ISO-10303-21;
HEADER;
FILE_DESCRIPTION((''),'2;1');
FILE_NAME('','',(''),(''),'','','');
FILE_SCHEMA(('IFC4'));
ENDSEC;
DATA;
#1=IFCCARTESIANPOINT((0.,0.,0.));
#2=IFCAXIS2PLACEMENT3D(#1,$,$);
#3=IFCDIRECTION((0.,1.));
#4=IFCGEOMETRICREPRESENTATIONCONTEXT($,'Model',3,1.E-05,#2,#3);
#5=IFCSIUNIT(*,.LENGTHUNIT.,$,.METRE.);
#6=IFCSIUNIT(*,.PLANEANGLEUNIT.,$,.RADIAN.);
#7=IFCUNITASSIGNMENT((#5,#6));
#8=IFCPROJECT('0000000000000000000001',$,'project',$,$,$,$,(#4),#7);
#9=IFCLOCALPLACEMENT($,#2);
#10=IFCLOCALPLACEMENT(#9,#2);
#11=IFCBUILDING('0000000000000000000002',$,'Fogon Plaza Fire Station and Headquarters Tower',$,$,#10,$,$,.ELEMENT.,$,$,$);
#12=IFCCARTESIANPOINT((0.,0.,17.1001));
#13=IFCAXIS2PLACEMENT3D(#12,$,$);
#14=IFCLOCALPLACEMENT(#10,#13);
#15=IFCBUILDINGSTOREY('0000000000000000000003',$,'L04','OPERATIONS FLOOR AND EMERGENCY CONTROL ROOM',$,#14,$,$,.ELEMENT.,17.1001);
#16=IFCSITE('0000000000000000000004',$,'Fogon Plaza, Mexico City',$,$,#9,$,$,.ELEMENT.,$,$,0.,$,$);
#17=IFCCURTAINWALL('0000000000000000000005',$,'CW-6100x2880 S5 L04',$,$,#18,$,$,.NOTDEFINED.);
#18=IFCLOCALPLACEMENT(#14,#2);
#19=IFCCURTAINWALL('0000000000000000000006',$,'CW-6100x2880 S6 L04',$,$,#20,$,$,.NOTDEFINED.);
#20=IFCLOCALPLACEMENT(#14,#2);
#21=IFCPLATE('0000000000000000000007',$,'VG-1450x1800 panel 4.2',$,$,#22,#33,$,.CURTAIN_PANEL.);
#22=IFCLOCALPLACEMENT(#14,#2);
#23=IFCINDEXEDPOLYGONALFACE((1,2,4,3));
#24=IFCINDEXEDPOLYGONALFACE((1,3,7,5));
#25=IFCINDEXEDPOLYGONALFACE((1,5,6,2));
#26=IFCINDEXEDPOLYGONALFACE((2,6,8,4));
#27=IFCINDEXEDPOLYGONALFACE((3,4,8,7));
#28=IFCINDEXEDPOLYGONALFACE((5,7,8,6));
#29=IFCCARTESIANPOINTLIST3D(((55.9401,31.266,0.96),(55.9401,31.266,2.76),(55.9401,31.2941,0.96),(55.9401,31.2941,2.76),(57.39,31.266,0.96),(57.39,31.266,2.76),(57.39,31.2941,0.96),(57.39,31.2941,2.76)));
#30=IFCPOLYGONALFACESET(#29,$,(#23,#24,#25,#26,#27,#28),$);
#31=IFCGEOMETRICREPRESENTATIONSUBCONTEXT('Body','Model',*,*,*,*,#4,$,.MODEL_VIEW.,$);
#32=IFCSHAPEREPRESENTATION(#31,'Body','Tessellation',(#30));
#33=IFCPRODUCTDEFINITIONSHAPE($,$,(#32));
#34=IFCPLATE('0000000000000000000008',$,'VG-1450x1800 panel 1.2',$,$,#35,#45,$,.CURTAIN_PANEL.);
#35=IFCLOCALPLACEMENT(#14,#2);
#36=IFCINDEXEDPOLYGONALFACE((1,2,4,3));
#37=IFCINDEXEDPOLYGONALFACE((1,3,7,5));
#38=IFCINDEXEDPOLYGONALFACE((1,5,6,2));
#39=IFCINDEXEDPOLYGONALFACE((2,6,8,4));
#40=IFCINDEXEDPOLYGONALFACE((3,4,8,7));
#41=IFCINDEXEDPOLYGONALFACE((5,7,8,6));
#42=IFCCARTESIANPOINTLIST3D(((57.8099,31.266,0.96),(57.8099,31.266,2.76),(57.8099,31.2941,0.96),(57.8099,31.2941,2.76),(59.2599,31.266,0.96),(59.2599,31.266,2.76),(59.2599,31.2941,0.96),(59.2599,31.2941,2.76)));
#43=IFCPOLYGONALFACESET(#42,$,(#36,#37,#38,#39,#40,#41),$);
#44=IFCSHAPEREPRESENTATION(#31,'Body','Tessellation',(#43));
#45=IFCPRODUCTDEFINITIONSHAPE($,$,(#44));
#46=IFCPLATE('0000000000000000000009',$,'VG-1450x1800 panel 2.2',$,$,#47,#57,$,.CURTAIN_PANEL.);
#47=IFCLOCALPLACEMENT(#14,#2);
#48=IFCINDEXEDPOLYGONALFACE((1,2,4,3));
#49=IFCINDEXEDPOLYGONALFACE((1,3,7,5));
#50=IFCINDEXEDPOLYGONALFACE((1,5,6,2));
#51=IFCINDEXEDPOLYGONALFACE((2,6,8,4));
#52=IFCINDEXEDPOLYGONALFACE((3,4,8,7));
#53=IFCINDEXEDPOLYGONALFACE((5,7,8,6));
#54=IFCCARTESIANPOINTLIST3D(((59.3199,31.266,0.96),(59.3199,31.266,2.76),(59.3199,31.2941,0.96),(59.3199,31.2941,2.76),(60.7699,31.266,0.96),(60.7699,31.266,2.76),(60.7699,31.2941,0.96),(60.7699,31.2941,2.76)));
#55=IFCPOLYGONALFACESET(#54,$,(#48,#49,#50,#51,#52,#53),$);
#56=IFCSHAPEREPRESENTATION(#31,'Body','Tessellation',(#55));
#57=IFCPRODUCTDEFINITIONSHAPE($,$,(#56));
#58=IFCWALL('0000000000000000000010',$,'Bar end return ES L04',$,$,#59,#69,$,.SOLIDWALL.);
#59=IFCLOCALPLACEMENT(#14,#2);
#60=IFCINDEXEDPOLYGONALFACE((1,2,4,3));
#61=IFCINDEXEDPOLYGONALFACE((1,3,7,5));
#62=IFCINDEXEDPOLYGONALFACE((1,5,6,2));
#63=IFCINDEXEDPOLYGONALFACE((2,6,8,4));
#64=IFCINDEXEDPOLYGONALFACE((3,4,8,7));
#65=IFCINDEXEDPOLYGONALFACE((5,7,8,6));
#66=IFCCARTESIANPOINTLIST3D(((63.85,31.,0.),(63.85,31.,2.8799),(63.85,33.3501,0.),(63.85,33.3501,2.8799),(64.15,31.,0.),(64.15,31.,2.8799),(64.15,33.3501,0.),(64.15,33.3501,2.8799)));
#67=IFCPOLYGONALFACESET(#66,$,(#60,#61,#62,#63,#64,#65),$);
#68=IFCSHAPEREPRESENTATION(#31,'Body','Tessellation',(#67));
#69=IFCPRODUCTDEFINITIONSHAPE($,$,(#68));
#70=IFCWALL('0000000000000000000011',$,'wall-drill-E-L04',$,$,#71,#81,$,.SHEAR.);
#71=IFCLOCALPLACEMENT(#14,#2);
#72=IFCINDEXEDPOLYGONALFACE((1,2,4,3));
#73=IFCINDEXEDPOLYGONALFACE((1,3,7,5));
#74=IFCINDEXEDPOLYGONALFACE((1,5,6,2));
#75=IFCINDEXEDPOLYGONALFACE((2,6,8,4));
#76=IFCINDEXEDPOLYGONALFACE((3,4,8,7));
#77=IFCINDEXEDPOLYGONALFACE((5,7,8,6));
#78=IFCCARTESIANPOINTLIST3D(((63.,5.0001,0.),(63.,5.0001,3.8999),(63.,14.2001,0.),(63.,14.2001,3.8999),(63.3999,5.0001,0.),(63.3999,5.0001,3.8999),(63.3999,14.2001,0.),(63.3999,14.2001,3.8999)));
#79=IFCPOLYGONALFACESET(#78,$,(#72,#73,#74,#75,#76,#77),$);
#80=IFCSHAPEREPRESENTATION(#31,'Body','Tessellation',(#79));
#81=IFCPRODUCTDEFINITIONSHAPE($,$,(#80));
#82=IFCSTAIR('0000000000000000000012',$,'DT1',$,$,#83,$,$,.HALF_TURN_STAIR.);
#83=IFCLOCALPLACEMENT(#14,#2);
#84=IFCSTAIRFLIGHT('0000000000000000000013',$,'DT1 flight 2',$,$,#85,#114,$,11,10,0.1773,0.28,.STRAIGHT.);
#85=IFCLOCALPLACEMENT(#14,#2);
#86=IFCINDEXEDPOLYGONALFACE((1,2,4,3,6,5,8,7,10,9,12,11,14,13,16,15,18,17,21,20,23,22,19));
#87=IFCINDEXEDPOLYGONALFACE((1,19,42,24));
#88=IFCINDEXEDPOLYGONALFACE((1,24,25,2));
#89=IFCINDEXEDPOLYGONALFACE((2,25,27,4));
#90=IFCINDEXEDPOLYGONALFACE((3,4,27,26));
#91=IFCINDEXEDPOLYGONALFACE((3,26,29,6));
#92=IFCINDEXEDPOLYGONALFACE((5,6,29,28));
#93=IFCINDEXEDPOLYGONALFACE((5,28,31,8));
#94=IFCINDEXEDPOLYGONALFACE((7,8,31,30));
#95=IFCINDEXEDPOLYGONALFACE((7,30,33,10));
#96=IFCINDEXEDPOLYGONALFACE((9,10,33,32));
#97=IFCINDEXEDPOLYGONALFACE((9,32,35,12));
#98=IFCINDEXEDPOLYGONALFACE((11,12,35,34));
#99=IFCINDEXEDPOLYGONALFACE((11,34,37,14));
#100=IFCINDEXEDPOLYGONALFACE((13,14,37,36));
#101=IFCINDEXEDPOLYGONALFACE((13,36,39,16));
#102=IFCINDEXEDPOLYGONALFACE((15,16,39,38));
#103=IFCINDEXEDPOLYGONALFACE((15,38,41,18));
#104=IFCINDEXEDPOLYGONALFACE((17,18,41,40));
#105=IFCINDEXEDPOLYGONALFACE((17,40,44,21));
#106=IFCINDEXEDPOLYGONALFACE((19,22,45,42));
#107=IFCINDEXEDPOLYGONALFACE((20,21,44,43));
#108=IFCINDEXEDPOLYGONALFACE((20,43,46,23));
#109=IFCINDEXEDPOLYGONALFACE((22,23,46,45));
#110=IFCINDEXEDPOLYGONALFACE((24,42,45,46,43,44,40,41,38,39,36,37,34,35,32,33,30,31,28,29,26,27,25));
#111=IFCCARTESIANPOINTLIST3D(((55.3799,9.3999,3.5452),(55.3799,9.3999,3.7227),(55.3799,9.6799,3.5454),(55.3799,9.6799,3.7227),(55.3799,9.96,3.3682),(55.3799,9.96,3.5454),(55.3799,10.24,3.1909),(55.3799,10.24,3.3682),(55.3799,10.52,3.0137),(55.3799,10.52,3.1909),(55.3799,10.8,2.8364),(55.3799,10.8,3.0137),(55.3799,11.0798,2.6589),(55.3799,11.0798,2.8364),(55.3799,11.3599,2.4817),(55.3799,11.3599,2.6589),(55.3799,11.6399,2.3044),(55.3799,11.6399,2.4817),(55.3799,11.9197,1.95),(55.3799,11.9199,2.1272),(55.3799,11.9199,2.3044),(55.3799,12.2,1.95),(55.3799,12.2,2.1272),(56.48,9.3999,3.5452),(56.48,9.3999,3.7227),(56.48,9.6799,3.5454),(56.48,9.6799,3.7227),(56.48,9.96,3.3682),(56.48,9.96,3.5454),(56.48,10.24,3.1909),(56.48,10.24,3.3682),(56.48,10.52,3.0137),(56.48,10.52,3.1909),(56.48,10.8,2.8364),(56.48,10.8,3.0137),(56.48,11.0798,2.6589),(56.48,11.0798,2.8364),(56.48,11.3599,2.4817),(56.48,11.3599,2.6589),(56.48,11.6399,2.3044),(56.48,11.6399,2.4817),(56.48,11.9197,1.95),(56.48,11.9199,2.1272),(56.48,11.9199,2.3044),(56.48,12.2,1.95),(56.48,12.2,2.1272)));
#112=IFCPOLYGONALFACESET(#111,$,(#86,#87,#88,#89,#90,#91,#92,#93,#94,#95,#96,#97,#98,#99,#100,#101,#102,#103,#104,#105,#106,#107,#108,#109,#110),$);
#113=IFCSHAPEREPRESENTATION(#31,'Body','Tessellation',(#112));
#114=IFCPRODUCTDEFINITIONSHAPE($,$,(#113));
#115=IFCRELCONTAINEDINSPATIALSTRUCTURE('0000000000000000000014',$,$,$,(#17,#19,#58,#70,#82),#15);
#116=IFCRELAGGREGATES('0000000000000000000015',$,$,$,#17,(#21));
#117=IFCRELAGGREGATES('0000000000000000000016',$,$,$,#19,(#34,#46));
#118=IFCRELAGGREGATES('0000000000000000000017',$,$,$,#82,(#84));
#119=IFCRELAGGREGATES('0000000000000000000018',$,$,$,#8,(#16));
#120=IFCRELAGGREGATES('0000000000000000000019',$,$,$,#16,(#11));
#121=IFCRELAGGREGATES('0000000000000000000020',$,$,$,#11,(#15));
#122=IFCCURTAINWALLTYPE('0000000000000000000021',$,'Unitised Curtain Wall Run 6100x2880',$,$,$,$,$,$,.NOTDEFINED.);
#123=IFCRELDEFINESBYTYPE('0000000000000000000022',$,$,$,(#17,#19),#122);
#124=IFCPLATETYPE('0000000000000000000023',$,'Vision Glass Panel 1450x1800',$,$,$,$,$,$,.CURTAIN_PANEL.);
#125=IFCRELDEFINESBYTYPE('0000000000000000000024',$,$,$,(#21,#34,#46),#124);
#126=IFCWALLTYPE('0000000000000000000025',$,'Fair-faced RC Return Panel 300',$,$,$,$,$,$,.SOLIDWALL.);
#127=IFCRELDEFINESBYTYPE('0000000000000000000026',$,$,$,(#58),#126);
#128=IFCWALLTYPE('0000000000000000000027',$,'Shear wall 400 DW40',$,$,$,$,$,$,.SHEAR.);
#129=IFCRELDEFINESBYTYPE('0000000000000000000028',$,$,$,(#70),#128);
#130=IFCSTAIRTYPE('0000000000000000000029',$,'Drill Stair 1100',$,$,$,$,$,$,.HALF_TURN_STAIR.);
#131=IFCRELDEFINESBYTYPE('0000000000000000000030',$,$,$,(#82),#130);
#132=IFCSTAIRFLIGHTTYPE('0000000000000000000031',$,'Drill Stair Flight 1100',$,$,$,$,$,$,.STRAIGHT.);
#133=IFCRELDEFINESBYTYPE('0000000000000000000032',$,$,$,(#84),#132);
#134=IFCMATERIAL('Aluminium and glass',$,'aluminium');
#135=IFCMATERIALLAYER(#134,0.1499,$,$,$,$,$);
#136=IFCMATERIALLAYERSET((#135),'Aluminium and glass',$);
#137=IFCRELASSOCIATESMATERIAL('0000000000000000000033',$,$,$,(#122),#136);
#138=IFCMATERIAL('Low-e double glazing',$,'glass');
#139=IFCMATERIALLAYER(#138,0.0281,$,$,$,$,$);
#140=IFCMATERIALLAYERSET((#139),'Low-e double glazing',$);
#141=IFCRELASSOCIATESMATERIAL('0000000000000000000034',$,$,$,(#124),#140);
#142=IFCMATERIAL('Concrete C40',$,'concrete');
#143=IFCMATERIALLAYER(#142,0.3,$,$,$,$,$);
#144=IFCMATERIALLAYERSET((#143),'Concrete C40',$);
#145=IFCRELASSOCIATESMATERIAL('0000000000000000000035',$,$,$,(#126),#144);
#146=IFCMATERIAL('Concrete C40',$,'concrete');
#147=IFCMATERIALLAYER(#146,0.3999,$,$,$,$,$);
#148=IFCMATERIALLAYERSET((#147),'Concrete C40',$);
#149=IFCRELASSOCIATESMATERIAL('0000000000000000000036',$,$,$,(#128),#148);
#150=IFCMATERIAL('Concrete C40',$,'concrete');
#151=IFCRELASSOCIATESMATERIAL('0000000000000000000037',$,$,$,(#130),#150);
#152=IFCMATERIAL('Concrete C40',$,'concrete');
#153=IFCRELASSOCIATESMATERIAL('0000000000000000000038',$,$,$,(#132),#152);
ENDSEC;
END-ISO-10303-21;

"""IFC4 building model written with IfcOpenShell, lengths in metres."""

from ifc_helpers import new_model, si_unit, direction, frame, frame_2d, origin, origin_2d, place, context, subcontext, project, spatial, polyline, rectangle, outline, extrude, material, layer, layer_set, type_object, element, aggregate, save


model = new_model("IFC4")

# Units and contexts
model_context = context("Model", 3, precision=1e-05, world=origin(), true_north=direction((0.0, 1.0)))
body_context = subcontext(model_context, "Body", "Model", "MODEL_VIEW")
ifc_project = project(units=[si_unit("LENGTHUNIT", "METRE"), si_unit("PLANEANGLEUNIT", "RADIAN")], contexts=[model_context])

# Site, building, storey
site_placement = place(None, origin())
site = spatial("IfcSite", under=ifc_project, at=site_placement, Name="Fogon Plaza, Mexico City", CompositionType="ELEMENT", RefElevation=0.0)
building_placement = place(site_placement, origin())
building = spatial("IfcBuilding", under=site, at=building_placement, Name="Fogon Plaza Fire Station and Headquarters Tower", CompositionType="ELEMENT")
storey_placement = place(building_placement, frame((0.0, 0.0, 17.1001)))
storey = spatial("IfcBuildingStorey", under=building, at=storey_placement, Name="L04", Description="OPERATIONS FLOOR AND EMERGENCY CONTROL ROOM", CompositionType="ELEMENT", Elevation=17.1001)

# Curtain walls
ifc_material_1 = material(Name="Aluminium and glass", Category="aluminium")
ifc_layer_1 = layer(ifc_material_1, 0.1499)
ifc_layer_set_1 = layer_set([ifc_layer_1], Name="Aluminium and glass")
curtain_wall_type = type_object("IfcCurtainWallType", Name="Unitised Curtain Wall Run 6100x2880", PredefinedType="NOTDEFINED", material=ifc_layer_set_1)
curtain_wall_1_placement = place(storey_placement, origin())
curtain_wall_1 = element("IfcCurtainWall", 1, at=curtain_wall_1_placement, inside=storey, type_object=curtain_wall_type, Name="CW-6100x2880 S5 L04", PredefinedType="NOTDEFINED")
curtain_wall_2_placement = place(storey_placement, origin())
curtain_wall_2 = element("IfcCurtainWall", 2, at=curtain_wall_2_placement, inside=storey, type_object=curtain_wall_type, Name="CW-6100x2880 S6 L04", PredefinedType="NOTDEFINED")

# Plates
ifc_material_2 = material(Name="Low-e double glazing", Category="glass")
ifc_layer_2 = layer(ifc_material_2, 0.0281)
ifc_layer_set_2 = layer_set([ifc_layer_2], Name="Low-e double glazing")
plate_type_1 = type_object("IfcPlateType", Name="Vision Glass Panel 1450x1800", PredefinedType="CURTAIN_PANEL", material=ifc_layer_set_2)
plate_1_placement = place(storey_placement, frame((56.665, 31.28, 0.96), z_axis=(0.0, 0.0, 1.0), x_axis=(1.0, 0.0, 0.0)))
plate_1 = element("IfcPlate", 3, at=plate_1_placement, type_object=plate_type_1, Name="VG-1450x1800 panel 4.2", PredefinedType="CURTAIN_PANEL", context=body_context, shape_type="SweptSolid", body=[
    extrude(rectangle(XDim=1.45, YDim=0.0281, at=origin_2d()), origin(), (0.0, 0.0, 1.0), 1.8),
])
aggregate(curtain_wall_1, [plate_1])
plate_2_placement = place(storey_placement, frame((58.5349, 31.28, 0.96), z_axis=(0.0, 0.0, 1.0), x_axis=(1.0, 0.0, 0.0)))
plate_2 = element("IfcPlate", 4, at=plate_2_placement, type_object=plate_type_1, Name="VG-1450x1800 panel 1.2", PredefinedType="CURTAIN_PANEL", context=body_context, shape_type="SweptSolid", body=[
    extrude(rectangle(XDim=1.45, YDim=0.0281, at=origin_2d()), origin(), (0.0, 0.0, 1.0), 1.8),
])
plate_3_placement = place(storey_placement, frame((60.0449, 31.28, 0.96), z_axis=(0.0, 0.0, 1.0), x_axis=(1.0, 0.0, 0.0)))
plate_3 = element("IfcPlate", 5, at=plate_3_placement, type_object=plate_type_1, Name="VG-1450x1800 panel 2.2", PredefinedType="CURTAIN_PANEL", context=body_context, shape_type="SweptSolid", body=[
    extrude(rectangle(XDim=1.45, YDim=0.0281, at=origin_2d()), origin(), (0.0, 0.0, 1.0), 1.8),
])
aggregate(curtain_wall_2, [plate_2, plate_3])

# Walls
ifc_material_3 = material(Name="Concrete C40", Category="concrete")
ifc_layer_3 = layer(ifc_material_3, 0.3)
ifc_layer_set_3 = layer_set([ifc_layer_3], Name="Concrete C40")
wall_type_1 = type_object("IfcWallType", Name="Fair-faced RC Return Panel 300", PredefinedType="SOLIDWALL", material=ifc_layer_set_3)
wall_1_placement = place(storey_placement, frame((64.0, 31.0, 0.0), z_axis=(0.0, 0.0, 1.0), x_axis=(0.0, 1.0, 0.0)))
element("IfcWall", 6, at=wall_1_placement, inside=storey, type_object=wall_type_1, Name="Bar end return ES L04", PredefinedType="SOLIDWALL", context=body_context, shape_type="SweptSolid", body=[
    extrude(rectangle(XDim=2.3501, YDim=0.3, at=frame_2d((1.175, 0.0))), origin(), (0.0, 0.0, 1.0), 2.8799),
])
ifc_material_4 = material(Name="Concrete C40", Category="concrete")
ifc_layer_4 = layer(ifc_material_4, 0.3999)
ifc_layer_set_4 = layer_set([ifc_layer_4], Name="Concrete C40")
wall_type_2 = type_object("IfcWallType", Name="Shear wall 400 DW40", PredefinedType="SHEAR", material=ifc_layer_set_4)
wall_2_placement = place(storey_placement, frame((63.2, 5.0, 0.0), z_axis=(0.0, 0.0, 1.0), x_axis=(0.0, 1.0, 0.0)))
element("IfcWall", 7, at=wall_2_placement, inside=storey, type_object=wall_type_2, Name="wall-drill-E-L04", PredefinedType="SHEAR", context=body_context, shape_type="SweptSolid", body=[
    extrude(rectangle(XDim=9.2, YDim=0.3999, at=frame_2d((4.6001, 0.0))), origin(), (0.0, 0.0, 1.0), 3.8999),
])

# Stair, stair flight
ifc_material_5 = material(Name="Concrete C40", Category="concrete")
stair_type = type_object("IfcStairType", Name="Drill Stair 1100", PredefinedType="HALF_TURN_STAIR", material=ifc_material_5)
stair_placement = place(storey_placement, origin())
stair = element("IfcStair", 8, at=stair_placement, inside=storey, type_object=stair_type, Name="DT1", PredefinedType="HALF_TURN_STAIR")
ifc_material_6 = material(Name="Concrete C40", Category="concrete")
stair_flight_type = type_object("IfcStairFlightType", Name="Drill Stair Flight 1100", PredefinedType="STRAIGHT", material=ifc_material_6)
stair_flight_placement = place(storey_placement, frame((55.9299, 12.2, 1.95), z_axis=(0.0, 0.0, 1.0), x_axis=(0.0, -1.0, 0.0)))
stair_flight = element("IfcStairFlight", 9, at=stair_flight_placement, type_object=stair_flight_type, Name="DT1 flight 2", NumberOfRisers=11, NumberOfTreads=10, PredefinedType="STRAIGHT", RiserHeight=0.1773, TreadLength=0.28, context=body_context, shape_type="SweptSolid", body=[
    extrude(outline(polyline([(0.0, 0.0), (0.0, 0.1772), (0.28, 0.1772), (0.28, 0.3545), (0.5601, 0.3545), (0.5601, 0.5317), (0.8401, 0.5317), (0.8401, 0.709), (1.1201, 0.709), (1.1201, 0.8865), (1.3999, 0.8865), (1.3999, 1.0637), (1.6799, 1.0637), (1.6799, 1.241), (1.96, 1.241), (1.96, 1.4182), (2.24, 1.4182), (2.24, 1.5955), (2.52, 1.5955), (2.52, 1.7727), (2.8, 1.7727), (2.8, 1.95), (2.8, 1.5952), (0.2803, 0.0), (0.0, 0.0)])), frame((0.0, 0.55, 0.0), z_axis=(0.0, -1.0, 0.0), x_axis=(1.0, 0.0, 0.0)), (0.0, 0.0, 1.0), 1.1001),
])
aggregate(stair, [stair_flight])

save(model, "model.ifc")
